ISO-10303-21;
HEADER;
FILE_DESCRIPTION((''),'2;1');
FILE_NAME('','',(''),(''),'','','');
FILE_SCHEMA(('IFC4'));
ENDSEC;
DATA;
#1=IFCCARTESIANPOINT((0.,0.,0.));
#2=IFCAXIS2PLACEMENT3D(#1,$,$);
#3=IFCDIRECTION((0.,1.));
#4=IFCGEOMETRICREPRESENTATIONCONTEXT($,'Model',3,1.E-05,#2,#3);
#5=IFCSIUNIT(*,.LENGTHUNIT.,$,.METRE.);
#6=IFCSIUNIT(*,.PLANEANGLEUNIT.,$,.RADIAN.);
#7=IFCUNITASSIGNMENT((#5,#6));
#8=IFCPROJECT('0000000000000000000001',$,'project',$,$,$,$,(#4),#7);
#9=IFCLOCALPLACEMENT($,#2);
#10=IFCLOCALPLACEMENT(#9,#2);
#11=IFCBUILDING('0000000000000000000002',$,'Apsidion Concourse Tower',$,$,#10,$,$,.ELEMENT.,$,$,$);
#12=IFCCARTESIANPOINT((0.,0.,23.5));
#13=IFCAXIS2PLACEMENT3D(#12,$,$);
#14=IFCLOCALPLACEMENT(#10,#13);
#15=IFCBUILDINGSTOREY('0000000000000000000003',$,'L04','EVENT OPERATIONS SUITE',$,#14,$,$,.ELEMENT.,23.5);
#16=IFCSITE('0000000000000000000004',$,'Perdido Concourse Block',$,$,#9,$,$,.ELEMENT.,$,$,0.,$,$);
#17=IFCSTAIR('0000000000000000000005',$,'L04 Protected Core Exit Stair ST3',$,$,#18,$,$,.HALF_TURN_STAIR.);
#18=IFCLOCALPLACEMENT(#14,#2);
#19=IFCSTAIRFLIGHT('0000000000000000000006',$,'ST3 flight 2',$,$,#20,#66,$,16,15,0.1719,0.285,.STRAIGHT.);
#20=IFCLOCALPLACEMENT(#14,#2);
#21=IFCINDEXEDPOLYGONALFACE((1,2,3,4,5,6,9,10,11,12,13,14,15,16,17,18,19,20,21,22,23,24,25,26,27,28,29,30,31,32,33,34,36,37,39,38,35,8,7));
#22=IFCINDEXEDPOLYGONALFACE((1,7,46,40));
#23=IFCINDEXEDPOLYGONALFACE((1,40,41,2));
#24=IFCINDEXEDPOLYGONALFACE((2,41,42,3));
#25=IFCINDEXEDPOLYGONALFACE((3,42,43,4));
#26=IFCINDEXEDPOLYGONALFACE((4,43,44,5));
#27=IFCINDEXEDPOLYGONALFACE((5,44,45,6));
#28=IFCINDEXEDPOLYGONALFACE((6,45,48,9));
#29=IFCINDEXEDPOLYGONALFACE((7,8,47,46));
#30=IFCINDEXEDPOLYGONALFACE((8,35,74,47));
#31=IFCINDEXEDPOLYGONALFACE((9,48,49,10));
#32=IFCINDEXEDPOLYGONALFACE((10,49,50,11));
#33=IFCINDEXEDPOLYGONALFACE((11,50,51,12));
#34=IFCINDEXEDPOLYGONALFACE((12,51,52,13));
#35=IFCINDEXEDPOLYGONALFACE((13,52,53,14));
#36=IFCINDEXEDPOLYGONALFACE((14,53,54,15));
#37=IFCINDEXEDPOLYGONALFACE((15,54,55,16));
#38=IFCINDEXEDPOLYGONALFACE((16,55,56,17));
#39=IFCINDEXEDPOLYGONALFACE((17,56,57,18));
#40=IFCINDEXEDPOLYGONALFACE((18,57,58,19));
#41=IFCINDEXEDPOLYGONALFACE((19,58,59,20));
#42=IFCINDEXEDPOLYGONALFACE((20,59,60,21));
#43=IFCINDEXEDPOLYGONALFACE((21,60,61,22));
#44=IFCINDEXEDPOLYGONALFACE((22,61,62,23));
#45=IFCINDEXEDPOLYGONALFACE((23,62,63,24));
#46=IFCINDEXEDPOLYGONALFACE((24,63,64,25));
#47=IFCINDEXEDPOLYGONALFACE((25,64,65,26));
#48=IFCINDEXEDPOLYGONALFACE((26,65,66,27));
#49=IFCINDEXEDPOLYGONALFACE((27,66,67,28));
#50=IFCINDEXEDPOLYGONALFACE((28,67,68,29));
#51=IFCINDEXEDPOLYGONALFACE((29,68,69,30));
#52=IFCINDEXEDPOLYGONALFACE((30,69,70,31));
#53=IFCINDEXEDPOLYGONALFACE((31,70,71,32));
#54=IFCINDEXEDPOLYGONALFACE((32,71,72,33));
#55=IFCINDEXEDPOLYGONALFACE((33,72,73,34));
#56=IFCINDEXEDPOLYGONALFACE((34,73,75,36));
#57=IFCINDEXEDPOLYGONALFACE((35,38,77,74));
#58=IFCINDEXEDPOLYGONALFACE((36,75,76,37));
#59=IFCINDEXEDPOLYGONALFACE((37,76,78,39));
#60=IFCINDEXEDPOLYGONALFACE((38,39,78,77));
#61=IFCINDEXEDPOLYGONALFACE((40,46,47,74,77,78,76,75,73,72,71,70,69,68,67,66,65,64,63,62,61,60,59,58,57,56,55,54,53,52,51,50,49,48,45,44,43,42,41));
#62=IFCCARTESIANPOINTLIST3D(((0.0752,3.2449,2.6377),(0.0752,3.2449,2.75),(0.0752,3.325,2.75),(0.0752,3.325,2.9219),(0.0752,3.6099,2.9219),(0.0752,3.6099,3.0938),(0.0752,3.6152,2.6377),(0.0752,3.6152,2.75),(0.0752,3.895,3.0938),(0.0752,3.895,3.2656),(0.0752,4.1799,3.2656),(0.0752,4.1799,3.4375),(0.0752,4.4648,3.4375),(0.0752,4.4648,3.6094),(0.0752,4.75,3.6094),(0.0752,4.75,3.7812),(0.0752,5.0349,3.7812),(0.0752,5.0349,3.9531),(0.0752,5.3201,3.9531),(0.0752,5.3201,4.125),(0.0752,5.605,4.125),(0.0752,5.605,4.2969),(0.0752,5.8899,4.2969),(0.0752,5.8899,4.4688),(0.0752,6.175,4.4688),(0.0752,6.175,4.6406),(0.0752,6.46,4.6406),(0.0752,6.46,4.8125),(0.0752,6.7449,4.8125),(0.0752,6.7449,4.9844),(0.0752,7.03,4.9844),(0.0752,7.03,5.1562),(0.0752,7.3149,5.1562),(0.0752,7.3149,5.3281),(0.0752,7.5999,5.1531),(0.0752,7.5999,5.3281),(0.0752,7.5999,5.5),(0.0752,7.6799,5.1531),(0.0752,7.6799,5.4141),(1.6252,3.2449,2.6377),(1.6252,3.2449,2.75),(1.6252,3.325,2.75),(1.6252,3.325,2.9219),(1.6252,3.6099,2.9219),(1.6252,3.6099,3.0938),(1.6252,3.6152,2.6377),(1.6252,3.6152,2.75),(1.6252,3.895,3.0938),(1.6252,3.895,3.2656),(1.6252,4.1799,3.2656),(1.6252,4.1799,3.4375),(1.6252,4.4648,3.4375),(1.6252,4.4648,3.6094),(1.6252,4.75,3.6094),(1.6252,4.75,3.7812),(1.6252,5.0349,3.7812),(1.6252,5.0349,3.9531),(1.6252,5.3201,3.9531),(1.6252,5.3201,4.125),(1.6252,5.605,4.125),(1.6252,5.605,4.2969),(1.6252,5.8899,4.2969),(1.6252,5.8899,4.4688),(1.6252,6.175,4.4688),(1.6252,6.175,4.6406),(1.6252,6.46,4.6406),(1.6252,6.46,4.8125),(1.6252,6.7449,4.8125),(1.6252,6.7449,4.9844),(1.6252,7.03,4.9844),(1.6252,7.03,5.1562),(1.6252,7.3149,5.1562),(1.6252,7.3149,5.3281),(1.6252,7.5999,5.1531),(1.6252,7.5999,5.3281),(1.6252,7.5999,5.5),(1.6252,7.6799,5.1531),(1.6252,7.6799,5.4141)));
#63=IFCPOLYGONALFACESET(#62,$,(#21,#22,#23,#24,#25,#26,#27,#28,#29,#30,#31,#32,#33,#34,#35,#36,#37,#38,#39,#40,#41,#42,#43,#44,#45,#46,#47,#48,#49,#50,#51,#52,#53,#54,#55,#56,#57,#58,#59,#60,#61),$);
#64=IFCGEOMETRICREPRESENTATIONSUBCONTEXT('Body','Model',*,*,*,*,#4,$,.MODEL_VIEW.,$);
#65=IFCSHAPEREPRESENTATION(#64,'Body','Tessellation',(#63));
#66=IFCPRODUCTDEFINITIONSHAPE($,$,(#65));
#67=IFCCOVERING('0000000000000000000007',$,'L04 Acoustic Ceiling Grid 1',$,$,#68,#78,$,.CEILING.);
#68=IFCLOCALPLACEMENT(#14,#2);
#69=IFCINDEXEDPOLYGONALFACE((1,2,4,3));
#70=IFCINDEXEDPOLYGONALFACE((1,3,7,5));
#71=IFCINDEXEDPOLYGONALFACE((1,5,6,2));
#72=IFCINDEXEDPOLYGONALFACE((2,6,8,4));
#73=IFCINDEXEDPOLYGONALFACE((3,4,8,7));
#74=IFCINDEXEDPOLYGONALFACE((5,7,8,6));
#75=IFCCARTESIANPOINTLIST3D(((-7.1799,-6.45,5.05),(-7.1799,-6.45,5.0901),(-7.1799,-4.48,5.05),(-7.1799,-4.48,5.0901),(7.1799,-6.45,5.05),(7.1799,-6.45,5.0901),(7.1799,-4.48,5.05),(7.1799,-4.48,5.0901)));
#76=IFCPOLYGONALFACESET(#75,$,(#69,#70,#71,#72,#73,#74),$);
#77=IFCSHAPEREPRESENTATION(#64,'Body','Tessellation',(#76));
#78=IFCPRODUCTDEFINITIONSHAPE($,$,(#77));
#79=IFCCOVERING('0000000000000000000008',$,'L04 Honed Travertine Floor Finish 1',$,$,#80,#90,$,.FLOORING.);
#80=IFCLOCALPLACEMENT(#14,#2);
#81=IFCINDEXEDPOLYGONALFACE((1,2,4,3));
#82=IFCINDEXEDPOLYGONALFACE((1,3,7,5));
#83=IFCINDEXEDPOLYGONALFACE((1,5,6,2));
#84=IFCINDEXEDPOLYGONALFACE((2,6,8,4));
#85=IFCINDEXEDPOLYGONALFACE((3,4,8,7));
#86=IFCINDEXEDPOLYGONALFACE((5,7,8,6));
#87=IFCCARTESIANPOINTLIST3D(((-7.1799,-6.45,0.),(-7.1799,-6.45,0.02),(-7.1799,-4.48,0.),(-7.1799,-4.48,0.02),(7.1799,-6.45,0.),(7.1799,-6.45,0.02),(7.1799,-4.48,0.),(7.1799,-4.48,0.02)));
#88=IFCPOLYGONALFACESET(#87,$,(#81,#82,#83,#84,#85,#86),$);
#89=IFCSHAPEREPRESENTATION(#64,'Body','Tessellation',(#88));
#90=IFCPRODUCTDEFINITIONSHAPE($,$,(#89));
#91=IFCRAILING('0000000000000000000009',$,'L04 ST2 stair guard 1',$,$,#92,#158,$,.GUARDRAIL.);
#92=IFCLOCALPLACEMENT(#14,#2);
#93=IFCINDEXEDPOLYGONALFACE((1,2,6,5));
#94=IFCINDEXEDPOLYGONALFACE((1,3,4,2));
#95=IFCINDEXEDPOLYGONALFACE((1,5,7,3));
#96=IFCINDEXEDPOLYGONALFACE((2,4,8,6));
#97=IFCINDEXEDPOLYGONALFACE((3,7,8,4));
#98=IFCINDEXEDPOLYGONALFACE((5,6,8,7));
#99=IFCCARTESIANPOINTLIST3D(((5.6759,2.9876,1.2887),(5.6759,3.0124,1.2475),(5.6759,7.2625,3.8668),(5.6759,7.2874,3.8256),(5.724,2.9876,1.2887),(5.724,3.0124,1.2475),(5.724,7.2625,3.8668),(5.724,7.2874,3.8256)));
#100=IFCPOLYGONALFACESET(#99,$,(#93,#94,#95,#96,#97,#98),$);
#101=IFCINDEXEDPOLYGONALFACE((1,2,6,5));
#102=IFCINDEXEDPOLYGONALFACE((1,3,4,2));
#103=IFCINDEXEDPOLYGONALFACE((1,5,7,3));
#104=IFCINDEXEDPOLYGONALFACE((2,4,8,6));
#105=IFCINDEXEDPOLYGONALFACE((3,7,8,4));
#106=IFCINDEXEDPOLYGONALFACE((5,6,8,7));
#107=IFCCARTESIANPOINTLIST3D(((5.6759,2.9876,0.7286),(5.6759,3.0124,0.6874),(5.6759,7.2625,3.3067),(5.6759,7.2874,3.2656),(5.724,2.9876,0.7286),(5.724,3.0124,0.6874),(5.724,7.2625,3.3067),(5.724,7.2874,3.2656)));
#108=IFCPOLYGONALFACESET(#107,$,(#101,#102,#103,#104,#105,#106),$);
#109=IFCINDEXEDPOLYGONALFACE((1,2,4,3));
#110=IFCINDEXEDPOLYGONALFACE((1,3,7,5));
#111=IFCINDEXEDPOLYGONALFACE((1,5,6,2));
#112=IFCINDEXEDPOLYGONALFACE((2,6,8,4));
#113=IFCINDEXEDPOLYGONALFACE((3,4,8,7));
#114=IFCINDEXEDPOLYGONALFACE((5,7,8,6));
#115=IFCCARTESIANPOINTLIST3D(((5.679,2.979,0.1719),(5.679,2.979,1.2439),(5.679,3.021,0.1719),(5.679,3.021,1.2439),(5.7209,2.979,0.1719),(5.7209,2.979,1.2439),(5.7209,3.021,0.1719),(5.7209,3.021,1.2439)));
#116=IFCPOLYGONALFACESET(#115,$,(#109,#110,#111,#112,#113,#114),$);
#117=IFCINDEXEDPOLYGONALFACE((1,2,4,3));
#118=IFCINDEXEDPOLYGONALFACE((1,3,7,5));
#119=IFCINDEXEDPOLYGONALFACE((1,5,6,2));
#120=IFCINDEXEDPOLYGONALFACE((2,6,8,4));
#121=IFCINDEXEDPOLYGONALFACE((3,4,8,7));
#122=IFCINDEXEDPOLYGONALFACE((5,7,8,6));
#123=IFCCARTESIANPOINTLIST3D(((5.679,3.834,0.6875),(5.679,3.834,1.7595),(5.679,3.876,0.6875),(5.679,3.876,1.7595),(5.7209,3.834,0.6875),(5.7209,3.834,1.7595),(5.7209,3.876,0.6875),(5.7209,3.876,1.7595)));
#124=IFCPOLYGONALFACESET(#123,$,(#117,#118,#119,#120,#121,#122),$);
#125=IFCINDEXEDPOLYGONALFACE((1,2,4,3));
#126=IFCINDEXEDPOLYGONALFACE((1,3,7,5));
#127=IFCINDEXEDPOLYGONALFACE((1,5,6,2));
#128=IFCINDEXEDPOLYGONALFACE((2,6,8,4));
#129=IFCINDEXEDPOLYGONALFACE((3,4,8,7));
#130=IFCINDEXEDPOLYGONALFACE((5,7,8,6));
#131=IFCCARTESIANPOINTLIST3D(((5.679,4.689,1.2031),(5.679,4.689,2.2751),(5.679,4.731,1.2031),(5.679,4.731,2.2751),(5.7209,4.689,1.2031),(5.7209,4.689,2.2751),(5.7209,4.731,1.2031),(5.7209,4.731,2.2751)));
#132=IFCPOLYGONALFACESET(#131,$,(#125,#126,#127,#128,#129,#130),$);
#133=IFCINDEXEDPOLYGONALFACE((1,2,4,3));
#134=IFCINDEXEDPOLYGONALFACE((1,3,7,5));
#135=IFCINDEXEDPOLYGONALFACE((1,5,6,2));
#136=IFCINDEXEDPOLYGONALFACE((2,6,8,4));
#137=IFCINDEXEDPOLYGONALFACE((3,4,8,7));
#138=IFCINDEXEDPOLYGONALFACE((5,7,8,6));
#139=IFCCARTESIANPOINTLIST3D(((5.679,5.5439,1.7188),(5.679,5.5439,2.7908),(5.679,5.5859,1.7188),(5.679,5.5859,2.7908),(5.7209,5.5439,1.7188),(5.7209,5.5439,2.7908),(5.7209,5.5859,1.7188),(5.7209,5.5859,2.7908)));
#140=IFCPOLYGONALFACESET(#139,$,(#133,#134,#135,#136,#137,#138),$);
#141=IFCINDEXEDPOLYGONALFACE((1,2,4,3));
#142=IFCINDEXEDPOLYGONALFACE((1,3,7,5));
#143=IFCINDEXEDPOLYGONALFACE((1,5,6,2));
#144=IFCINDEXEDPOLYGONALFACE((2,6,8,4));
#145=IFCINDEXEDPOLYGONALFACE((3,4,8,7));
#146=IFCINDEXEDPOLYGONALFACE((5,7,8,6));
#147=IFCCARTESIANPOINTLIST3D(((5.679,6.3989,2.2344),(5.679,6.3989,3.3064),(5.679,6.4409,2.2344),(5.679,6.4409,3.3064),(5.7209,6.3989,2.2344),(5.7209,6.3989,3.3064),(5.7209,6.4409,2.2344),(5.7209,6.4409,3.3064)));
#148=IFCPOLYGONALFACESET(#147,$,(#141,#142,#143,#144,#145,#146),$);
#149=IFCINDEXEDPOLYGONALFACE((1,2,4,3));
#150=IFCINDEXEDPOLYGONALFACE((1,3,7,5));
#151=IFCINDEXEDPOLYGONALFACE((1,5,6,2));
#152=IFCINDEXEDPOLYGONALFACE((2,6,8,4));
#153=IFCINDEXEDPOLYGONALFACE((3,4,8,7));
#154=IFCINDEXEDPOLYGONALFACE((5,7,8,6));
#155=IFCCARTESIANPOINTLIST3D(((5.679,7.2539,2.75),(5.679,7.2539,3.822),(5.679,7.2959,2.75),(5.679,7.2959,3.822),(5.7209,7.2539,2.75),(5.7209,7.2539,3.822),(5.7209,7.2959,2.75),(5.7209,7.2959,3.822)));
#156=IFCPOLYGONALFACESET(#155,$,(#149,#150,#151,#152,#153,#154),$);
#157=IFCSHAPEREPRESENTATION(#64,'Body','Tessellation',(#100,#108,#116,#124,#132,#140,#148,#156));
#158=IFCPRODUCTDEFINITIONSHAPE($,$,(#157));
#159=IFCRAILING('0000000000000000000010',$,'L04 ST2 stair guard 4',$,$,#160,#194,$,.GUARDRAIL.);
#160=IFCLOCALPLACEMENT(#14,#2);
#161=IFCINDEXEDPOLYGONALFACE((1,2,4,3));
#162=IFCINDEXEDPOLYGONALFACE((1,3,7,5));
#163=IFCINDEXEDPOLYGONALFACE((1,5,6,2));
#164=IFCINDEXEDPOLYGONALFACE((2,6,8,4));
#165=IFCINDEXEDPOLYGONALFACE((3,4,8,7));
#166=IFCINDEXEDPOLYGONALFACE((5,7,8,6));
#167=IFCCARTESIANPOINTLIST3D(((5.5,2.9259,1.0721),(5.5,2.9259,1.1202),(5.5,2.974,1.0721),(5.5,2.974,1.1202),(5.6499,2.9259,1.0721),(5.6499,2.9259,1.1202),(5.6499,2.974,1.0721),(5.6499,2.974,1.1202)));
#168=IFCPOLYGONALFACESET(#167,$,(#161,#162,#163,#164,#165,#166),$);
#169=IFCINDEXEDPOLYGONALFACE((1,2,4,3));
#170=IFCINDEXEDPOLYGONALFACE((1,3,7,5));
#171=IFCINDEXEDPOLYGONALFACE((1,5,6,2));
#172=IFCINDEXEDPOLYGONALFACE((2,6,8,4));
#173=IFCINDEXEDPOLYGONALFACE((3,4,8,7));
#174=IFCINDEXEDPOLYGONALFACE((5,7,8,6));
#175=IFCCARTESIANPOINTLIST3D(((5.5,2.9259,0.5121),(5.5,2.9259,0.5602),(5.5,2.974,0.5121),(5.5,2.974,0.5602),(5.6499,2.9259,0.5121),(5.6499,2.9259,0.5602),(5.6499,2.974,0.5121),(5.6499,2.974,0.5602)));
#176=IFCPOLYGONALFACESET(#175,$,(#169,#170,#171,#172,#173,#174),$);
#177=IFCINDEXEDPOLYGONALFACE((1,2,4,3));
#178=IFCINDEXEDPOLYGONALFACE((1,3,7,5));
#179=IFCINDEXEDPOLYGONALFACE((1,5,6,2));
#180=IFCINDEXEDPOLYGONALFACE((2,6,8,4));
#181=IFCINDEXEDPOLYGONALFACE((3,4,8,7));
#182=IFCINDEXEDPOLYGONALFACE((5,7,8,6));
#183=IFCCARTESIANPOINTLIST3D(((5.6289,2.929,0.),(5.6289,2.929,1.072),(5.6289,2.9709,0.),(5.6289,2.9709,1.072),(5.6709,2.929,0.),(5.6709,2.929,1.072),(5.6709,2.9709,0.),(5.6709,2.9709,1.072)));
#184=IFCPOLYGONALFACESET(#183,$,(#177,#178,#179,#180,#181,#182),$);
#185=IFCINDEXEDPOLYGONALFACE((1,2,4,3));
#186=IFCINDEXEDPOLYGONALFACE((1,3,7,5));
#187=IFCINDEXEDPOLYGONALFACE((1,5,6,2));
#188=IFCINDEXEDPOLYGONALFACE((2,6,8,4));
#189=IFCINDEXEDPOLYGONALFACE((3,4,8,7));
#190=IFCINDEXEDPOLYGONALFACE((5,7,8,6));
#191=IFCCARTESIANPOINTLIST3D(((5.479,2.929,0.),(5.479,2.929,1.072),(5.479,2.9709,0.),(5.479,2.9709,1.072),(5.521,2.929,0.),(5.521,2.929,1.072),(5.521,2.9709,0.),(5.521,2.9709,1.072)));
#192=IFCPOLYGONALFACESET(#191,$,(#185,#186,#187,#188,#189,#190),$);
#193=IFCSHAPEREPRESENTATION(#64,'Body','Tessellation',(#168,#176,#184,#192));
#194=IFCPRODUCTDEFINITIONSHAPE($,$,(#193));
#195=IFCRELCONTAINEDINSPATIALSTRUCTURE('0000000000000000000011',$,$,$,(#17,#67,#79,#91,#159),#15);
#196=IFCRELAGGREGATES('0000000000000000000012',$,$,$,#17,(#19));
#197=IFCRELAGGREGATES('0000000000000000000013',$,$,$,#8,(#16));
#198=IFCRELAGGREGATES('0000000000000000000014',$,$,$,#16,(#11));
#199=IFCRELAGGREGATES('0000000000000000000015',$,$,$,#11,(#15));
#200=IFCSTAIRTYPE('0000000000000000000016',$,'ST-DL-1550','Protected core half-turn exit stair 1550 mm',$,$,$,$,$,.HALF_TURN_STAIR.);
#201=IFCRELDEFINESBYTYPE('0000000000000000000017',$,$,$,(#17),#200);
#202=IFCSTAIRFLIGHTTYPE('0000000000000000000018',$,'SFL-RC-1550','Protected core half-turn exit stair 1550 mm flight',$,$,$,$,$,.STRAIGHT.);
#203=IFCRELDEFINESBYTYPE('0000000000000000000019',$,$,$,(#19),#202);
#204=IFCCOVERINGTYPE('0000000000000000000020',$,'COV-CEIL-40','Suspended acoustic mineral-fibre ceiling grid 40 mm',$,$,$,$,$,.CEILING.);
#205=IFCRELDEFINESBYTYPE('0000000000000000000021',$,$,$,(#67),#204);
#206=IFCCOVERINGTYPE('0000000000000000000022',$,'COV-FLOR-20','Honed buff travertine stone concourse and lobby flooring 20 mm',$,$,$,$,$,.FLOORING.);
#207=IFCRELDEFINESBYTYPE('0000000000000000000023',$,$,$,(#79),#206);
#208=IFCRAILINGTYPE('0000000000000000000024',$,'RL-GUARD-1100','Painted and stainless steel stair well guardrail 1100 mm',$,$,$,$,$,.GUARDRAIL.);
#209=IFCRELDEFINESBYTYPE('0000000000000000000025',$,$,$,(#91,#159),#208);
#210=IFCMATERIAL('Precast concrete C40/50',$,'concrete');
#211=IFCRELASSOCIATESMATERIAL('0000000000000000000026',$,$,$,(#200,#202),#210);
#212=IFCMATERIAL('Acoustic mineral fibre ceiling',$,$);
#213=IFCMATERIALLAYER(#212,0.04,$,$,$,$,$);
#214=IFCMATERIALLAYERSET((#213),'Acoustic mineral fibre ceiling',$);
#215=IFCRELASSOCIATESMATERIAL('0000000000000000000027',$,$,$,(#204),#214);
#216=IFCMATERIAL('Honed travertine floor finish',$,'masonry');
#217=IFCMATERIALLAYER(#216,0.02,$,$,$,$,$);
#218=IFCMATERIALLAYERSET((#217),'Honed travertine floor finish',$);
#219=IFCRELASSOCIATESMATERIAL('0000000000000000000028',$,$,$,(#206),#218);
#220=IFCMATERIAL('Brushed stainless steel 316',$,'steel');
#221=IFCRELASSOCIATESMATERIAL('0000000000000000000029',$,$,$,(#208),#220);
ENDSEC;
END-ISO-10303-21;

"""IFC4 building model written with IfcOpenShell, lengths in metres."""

from ifc_helpers import new_model, si_unit, direction, frame, origin, origin_2d, place, context, subcontext, project, spatial, polyline, rectangle, outline, extrude, material, layer, layer_set, type_object, element, aggregate, save


model = new_model("IFC4")

# Units and contexts
model_context = context("Model", 3, precision=1e-05, world=origin(), true_north=direction((0.0, 1.0)))
body_context = subcontext(model_context, "Body", "Model", "MODEL_VIEW")
ifc_project = project(units=[si_unit("LENGTHUNIT", "METRE"), si_unit("PLANEANGLEUNIT", "RADIAN")], contexts=[model_context])

# Site, building, storey
site_placement = place(None, origin())
site = spatial("IfcSite", under=ifc_project, at=site_placement, Name="Perdido Concourse Block", CompositionType="ELEMENT", RefElevation=0.0)
building_placement = place(site_placement, origin())
building = spatial("IfcBuilding", under=site, at=building_placement, Name="Apsidion Concourse Tower", CompositionType="ELEMENT")
storey_placement = place(building_placement, frame((0.0, 0.0, 23.5)))
storey = spatial("IfcBuildingStorey", under=building, at=storey_placement, Name="L04", Description="EVENT OPERATIONS SUITE", CompositionType="ELEMENT", Elevation=23.5)

# Stair, stair flight
ifc_material_1 = material(Name="Precast concrete C40/50", Category="concrete")
stair_type = type_object("IfcStairType", Name="ST-DL-1550", Description="Protected core half-turn exit stair 1550 mm", PredefinedType="HALF_TURN_STAIR", material=ifc_material_1)
stair_flight_type = type_object("IfcStairFlightType", Name="SFL-RC-1550", Description="Protected core half-turn exit stair 1550 mm flight", PredefinedType="STRAIGHT", material=ifc_material_1)
stair_1_placement = place(storey_placement, origin())
stair_1 = element("IfcStair", 1, at=stair_1_placement, inside=storey, type_object=stair_type, Name="L04 Protected Core Exit Stair ST3", PredefinedType="HALF_TURN_STAIR")
stair_flight_1_placement = place(storey_placement, frame((0.8501, 3.325, 2.75), z_axis=(0.0, 0.0, 1.0), x_axis=(0.0, 1.0, 0.0)))
stair_flight_1 = element("IfcStairFlight", 2, at=stair_flight_1_placement, type_object=stair_flight_type, Name="ST3 flight 2", NumberOfRisers=16, NumberOfTreads=15, PredefinedType="STRAIGHT", RiserHeight=0.1719, TreadLength=0.285, context=body_context, shape_type="SweptSolid", body=[
    extrude(outline(polyline([(-0.0801, -0.1123), (-0.0801, 0.0), (0.0, 0.0), (0.0, 0.1719), (0.2849, 0.1719), (0.2849, 0.3438), (0.5701, 0.3438), (0.5701, 0.5156), (0.855, 0.5156), (0.855, 0.6875), (1.1399, 0.6875), (1.1399, 0.8594), (1.425, 0.8594), (1.425, 1.0312), (1.71, 1.0312), (1.71, 1.2031), (1.9951, 1.2031), (1.9951, 1.375), (2.28, 1.375), (2.28, 1.5469), (2.5649, 1.5469), (2.5649, 1.7188), (2.8501, 1.7188), (2.8501, 1.8906), (3.135, 1.8906), (3.135, 2.0625), (3.4199, 2.0625), (3.4199, 2.2344), (3.7051, 2.2344), (3.7051, 2.4062), (3.99, 2.4062), (3.99, 2.5781), (4.2749, 2.5781), (4.2749, 2.75), (4.355, 2.6641), (4.355, 2.4031), (4.2749, 2.4031), (0.2903, 0.0), (0.2903, -0.1123), (-0.0801, -0.1123)])), frame((0.0, 0.7749, 0.0), z_axis=(0.0, -1.0, 0.0), x_axis=(1.0, 0.0, 0.0)), (0.0, 0.0, 1.0), 1.55),
])
aggregate(stair_1, [stair_flight_1])

# Coverings
ifc_material_2 = material(Name="Acoustic mineral fibre ceiling")
ifc_layer_1 = layer(ifc_material_2, 0.04)
ifc_layer_set_1 = layer_set([ifc_layer_1], Name="Acoustic mineral fibre ceiling")
covering_type_1 = type_object("IfcCoveringType", Name="COV-CEIL-40", Description="Suspended acoustic mineral-fibre ceiling grid 40 mm", PredefinedType="CEILING", material=ifc_layer_set_1)
covering_1_placement = place(storey_placement, frame((0.0, 0.0, 5.05)))
element("IfcCovering", 3, at=covering_1_placement, inside=storey, type_object=covering_type_1, Name="L04 Acoustic Ceiling Grid 1", PredefinedType="CEILING", context=body_context, shape_type="SweptSolid", body=[
    extrude(outline(polyline([(-7.1799, -6.45), (-7.1799, -4.48), (7.1799, -4.48), (7.1799, -6.45), (-7.1799, -6.45)])), origin(), (0.0, 0.0, 1.0), 0.04),
])
ifc_material_3 = material(Name="Honed travertine floor finish", Category="masonry")
ifc_layer_2 = layer(ifc_material_3, 0.02)
ifc_layer_set_2 = layer_set([ifc_layer_2], Name="Honed travertine floor finish")
covering_type_2 = type_object("IfcCoveringType", Name="COV-FLOR-20", Description="Honed buff travertine stone concourse and lobby flooring 20 mm", PredefinedType="FLOORING", material=ifc_layer_set_2)
covering_2_placement = place(storey_placement, origin())
element("IfcCovering", 4, at=covering_2_placement, inside=storey, type_object=covering_type_2, Name="L04 Honed Travertine Floor Finish 1", PredefinedType="FLOORING", context=body_context, shape_type="SweptSolid", body=[
    extrude(outline(polyline([(-7.1799, -6.45), (-7.1799, -4.48), (7.1799, -4.48), (7.1799, -6.45), (-7.1799, -6.45)])), origin(), (0.0, 0.0, 1.0), 0.02),
])

# Railings
ifc_material_4 = material(Name="Brushed stainless steel 316", Category="steel")
railing_type_1 = type_object("IfcRailingType", Name="RL-GUARD-1100", Description="Painted and stainless steel stair well guardrail 1100 mm", PredefinedType="GUARDRAIL", material=ifc_material_4)
railing_1_placement = place(storey_placement, frame((5.7, 3.0, 0.1719)))
element("IfcRailing", 5, at=railing_1_placement, inside=storey, type_object=railing_type_1, Name="L04 ST2 stair guard 1", PredefinedType="GUARDRAIL", context=body_context, shape_type="SweptSolid", body=[
    extrude(rectangle(XDim=0.0481, YDim=0.0481, at=origin_2d()), frame((0.0, 0.0, 1.0962), z_axis=(0.0, 0.856326, 0.516436), x_axis=(-1.0, 0.0, 0.0)), (0.0, 0.0, 1.0), 4.9922),
    extrude(rectangle(XDim=0.0481, YDim=0.0481, at=origin_2d()), frame((0.0, 0.0, 0.5361), z_axis=(0.0, 0.856326, 0.516436), x_axis=(-1.0, 0.0, 0.0)), (0.0, 0.0, 1.0), 4.9922),
    extrude(rectangle(XDim=0.042, YDim=0.042, at=origin_2d()), origin(), (0.0, 0.0, 1.0), 1.072),
    extrude(rectangle(XDim=0.042, YDim=0.042, at=origin_2d()), frame((0.0, 0.855, 0.5156)), (0.0, 0.0, 1.0), 1.072),
    extrude(rectangle(XDim=0.042, YDim=0.042, at=origin_2d()), frame((0.0, 1.71, 1.0312)), (0.0, 0.0, 1.0), 1.072),
    extrude(rectangle(XDim=0.042, YDim=0.042, at=origin_2d()), frame((0.0, 2.5649, 1.5469)), (0.0, 0.0, 1.0), 1.072),
    extrude(rectangle(XDim=0.042, YDim=0.042, at=origin_2d()), frame((0.0, 3.4199, 2.0625)), (0.0, 0.0, 1.0), 1.072),
    extrude(rectangle(XDim=0.042, YDim=0.042, at=origin_2d()), frame((0.0, 4.2749, 2.5781)), (0.0, 0.0, 1.0), 1.072),
])
railing_2_placement = place(storey_placement, frame((5.6499, 2.95, 0.0)))
element("IfcRailing", 6, at=railing_2_placement, inside=storey, type_object=railing_type_1, Name="L04 ST2 stair guard 4", PredefinedType="GUARDRAIL", context=body_context, shape_type="SweptSolid", body=[
    extrude(rectangle(XDim=0.0481, YDim=0.0481, at=origin_2d()), frame((0.0, 0.0, 1.0962), z_axis=(-1.0, 0.0, 0.0), x_axis=(0.0, -1.0, 0.0)), (0.0, 0.0, 1.0), 0.1499),
    extrude(rectangle(XDim=0.0481, YDim=0.0481, at=origin_2d()), frame((0.0, 0.0, 0.5361), z_axis=(-1.0, 0.0, 0.0), x_axis=(0.0, -1.0, 0.0)), (0.0, 0.0, 1.0), 0.1499),
    extrude(rectangle(XDim=0.042, YDim=0.042, at=origin_2d()), origin(), (0.0, 0.0, 1.0), 1.072),
    extrude(rectangle(XDim=0.042, YDim=0.042, at=origin_2d()), frame((-0.1499, 0.0, 0.0)), (0.0, 0.0, 1.0), 1.072),
])

save(model, "model.ifc")
